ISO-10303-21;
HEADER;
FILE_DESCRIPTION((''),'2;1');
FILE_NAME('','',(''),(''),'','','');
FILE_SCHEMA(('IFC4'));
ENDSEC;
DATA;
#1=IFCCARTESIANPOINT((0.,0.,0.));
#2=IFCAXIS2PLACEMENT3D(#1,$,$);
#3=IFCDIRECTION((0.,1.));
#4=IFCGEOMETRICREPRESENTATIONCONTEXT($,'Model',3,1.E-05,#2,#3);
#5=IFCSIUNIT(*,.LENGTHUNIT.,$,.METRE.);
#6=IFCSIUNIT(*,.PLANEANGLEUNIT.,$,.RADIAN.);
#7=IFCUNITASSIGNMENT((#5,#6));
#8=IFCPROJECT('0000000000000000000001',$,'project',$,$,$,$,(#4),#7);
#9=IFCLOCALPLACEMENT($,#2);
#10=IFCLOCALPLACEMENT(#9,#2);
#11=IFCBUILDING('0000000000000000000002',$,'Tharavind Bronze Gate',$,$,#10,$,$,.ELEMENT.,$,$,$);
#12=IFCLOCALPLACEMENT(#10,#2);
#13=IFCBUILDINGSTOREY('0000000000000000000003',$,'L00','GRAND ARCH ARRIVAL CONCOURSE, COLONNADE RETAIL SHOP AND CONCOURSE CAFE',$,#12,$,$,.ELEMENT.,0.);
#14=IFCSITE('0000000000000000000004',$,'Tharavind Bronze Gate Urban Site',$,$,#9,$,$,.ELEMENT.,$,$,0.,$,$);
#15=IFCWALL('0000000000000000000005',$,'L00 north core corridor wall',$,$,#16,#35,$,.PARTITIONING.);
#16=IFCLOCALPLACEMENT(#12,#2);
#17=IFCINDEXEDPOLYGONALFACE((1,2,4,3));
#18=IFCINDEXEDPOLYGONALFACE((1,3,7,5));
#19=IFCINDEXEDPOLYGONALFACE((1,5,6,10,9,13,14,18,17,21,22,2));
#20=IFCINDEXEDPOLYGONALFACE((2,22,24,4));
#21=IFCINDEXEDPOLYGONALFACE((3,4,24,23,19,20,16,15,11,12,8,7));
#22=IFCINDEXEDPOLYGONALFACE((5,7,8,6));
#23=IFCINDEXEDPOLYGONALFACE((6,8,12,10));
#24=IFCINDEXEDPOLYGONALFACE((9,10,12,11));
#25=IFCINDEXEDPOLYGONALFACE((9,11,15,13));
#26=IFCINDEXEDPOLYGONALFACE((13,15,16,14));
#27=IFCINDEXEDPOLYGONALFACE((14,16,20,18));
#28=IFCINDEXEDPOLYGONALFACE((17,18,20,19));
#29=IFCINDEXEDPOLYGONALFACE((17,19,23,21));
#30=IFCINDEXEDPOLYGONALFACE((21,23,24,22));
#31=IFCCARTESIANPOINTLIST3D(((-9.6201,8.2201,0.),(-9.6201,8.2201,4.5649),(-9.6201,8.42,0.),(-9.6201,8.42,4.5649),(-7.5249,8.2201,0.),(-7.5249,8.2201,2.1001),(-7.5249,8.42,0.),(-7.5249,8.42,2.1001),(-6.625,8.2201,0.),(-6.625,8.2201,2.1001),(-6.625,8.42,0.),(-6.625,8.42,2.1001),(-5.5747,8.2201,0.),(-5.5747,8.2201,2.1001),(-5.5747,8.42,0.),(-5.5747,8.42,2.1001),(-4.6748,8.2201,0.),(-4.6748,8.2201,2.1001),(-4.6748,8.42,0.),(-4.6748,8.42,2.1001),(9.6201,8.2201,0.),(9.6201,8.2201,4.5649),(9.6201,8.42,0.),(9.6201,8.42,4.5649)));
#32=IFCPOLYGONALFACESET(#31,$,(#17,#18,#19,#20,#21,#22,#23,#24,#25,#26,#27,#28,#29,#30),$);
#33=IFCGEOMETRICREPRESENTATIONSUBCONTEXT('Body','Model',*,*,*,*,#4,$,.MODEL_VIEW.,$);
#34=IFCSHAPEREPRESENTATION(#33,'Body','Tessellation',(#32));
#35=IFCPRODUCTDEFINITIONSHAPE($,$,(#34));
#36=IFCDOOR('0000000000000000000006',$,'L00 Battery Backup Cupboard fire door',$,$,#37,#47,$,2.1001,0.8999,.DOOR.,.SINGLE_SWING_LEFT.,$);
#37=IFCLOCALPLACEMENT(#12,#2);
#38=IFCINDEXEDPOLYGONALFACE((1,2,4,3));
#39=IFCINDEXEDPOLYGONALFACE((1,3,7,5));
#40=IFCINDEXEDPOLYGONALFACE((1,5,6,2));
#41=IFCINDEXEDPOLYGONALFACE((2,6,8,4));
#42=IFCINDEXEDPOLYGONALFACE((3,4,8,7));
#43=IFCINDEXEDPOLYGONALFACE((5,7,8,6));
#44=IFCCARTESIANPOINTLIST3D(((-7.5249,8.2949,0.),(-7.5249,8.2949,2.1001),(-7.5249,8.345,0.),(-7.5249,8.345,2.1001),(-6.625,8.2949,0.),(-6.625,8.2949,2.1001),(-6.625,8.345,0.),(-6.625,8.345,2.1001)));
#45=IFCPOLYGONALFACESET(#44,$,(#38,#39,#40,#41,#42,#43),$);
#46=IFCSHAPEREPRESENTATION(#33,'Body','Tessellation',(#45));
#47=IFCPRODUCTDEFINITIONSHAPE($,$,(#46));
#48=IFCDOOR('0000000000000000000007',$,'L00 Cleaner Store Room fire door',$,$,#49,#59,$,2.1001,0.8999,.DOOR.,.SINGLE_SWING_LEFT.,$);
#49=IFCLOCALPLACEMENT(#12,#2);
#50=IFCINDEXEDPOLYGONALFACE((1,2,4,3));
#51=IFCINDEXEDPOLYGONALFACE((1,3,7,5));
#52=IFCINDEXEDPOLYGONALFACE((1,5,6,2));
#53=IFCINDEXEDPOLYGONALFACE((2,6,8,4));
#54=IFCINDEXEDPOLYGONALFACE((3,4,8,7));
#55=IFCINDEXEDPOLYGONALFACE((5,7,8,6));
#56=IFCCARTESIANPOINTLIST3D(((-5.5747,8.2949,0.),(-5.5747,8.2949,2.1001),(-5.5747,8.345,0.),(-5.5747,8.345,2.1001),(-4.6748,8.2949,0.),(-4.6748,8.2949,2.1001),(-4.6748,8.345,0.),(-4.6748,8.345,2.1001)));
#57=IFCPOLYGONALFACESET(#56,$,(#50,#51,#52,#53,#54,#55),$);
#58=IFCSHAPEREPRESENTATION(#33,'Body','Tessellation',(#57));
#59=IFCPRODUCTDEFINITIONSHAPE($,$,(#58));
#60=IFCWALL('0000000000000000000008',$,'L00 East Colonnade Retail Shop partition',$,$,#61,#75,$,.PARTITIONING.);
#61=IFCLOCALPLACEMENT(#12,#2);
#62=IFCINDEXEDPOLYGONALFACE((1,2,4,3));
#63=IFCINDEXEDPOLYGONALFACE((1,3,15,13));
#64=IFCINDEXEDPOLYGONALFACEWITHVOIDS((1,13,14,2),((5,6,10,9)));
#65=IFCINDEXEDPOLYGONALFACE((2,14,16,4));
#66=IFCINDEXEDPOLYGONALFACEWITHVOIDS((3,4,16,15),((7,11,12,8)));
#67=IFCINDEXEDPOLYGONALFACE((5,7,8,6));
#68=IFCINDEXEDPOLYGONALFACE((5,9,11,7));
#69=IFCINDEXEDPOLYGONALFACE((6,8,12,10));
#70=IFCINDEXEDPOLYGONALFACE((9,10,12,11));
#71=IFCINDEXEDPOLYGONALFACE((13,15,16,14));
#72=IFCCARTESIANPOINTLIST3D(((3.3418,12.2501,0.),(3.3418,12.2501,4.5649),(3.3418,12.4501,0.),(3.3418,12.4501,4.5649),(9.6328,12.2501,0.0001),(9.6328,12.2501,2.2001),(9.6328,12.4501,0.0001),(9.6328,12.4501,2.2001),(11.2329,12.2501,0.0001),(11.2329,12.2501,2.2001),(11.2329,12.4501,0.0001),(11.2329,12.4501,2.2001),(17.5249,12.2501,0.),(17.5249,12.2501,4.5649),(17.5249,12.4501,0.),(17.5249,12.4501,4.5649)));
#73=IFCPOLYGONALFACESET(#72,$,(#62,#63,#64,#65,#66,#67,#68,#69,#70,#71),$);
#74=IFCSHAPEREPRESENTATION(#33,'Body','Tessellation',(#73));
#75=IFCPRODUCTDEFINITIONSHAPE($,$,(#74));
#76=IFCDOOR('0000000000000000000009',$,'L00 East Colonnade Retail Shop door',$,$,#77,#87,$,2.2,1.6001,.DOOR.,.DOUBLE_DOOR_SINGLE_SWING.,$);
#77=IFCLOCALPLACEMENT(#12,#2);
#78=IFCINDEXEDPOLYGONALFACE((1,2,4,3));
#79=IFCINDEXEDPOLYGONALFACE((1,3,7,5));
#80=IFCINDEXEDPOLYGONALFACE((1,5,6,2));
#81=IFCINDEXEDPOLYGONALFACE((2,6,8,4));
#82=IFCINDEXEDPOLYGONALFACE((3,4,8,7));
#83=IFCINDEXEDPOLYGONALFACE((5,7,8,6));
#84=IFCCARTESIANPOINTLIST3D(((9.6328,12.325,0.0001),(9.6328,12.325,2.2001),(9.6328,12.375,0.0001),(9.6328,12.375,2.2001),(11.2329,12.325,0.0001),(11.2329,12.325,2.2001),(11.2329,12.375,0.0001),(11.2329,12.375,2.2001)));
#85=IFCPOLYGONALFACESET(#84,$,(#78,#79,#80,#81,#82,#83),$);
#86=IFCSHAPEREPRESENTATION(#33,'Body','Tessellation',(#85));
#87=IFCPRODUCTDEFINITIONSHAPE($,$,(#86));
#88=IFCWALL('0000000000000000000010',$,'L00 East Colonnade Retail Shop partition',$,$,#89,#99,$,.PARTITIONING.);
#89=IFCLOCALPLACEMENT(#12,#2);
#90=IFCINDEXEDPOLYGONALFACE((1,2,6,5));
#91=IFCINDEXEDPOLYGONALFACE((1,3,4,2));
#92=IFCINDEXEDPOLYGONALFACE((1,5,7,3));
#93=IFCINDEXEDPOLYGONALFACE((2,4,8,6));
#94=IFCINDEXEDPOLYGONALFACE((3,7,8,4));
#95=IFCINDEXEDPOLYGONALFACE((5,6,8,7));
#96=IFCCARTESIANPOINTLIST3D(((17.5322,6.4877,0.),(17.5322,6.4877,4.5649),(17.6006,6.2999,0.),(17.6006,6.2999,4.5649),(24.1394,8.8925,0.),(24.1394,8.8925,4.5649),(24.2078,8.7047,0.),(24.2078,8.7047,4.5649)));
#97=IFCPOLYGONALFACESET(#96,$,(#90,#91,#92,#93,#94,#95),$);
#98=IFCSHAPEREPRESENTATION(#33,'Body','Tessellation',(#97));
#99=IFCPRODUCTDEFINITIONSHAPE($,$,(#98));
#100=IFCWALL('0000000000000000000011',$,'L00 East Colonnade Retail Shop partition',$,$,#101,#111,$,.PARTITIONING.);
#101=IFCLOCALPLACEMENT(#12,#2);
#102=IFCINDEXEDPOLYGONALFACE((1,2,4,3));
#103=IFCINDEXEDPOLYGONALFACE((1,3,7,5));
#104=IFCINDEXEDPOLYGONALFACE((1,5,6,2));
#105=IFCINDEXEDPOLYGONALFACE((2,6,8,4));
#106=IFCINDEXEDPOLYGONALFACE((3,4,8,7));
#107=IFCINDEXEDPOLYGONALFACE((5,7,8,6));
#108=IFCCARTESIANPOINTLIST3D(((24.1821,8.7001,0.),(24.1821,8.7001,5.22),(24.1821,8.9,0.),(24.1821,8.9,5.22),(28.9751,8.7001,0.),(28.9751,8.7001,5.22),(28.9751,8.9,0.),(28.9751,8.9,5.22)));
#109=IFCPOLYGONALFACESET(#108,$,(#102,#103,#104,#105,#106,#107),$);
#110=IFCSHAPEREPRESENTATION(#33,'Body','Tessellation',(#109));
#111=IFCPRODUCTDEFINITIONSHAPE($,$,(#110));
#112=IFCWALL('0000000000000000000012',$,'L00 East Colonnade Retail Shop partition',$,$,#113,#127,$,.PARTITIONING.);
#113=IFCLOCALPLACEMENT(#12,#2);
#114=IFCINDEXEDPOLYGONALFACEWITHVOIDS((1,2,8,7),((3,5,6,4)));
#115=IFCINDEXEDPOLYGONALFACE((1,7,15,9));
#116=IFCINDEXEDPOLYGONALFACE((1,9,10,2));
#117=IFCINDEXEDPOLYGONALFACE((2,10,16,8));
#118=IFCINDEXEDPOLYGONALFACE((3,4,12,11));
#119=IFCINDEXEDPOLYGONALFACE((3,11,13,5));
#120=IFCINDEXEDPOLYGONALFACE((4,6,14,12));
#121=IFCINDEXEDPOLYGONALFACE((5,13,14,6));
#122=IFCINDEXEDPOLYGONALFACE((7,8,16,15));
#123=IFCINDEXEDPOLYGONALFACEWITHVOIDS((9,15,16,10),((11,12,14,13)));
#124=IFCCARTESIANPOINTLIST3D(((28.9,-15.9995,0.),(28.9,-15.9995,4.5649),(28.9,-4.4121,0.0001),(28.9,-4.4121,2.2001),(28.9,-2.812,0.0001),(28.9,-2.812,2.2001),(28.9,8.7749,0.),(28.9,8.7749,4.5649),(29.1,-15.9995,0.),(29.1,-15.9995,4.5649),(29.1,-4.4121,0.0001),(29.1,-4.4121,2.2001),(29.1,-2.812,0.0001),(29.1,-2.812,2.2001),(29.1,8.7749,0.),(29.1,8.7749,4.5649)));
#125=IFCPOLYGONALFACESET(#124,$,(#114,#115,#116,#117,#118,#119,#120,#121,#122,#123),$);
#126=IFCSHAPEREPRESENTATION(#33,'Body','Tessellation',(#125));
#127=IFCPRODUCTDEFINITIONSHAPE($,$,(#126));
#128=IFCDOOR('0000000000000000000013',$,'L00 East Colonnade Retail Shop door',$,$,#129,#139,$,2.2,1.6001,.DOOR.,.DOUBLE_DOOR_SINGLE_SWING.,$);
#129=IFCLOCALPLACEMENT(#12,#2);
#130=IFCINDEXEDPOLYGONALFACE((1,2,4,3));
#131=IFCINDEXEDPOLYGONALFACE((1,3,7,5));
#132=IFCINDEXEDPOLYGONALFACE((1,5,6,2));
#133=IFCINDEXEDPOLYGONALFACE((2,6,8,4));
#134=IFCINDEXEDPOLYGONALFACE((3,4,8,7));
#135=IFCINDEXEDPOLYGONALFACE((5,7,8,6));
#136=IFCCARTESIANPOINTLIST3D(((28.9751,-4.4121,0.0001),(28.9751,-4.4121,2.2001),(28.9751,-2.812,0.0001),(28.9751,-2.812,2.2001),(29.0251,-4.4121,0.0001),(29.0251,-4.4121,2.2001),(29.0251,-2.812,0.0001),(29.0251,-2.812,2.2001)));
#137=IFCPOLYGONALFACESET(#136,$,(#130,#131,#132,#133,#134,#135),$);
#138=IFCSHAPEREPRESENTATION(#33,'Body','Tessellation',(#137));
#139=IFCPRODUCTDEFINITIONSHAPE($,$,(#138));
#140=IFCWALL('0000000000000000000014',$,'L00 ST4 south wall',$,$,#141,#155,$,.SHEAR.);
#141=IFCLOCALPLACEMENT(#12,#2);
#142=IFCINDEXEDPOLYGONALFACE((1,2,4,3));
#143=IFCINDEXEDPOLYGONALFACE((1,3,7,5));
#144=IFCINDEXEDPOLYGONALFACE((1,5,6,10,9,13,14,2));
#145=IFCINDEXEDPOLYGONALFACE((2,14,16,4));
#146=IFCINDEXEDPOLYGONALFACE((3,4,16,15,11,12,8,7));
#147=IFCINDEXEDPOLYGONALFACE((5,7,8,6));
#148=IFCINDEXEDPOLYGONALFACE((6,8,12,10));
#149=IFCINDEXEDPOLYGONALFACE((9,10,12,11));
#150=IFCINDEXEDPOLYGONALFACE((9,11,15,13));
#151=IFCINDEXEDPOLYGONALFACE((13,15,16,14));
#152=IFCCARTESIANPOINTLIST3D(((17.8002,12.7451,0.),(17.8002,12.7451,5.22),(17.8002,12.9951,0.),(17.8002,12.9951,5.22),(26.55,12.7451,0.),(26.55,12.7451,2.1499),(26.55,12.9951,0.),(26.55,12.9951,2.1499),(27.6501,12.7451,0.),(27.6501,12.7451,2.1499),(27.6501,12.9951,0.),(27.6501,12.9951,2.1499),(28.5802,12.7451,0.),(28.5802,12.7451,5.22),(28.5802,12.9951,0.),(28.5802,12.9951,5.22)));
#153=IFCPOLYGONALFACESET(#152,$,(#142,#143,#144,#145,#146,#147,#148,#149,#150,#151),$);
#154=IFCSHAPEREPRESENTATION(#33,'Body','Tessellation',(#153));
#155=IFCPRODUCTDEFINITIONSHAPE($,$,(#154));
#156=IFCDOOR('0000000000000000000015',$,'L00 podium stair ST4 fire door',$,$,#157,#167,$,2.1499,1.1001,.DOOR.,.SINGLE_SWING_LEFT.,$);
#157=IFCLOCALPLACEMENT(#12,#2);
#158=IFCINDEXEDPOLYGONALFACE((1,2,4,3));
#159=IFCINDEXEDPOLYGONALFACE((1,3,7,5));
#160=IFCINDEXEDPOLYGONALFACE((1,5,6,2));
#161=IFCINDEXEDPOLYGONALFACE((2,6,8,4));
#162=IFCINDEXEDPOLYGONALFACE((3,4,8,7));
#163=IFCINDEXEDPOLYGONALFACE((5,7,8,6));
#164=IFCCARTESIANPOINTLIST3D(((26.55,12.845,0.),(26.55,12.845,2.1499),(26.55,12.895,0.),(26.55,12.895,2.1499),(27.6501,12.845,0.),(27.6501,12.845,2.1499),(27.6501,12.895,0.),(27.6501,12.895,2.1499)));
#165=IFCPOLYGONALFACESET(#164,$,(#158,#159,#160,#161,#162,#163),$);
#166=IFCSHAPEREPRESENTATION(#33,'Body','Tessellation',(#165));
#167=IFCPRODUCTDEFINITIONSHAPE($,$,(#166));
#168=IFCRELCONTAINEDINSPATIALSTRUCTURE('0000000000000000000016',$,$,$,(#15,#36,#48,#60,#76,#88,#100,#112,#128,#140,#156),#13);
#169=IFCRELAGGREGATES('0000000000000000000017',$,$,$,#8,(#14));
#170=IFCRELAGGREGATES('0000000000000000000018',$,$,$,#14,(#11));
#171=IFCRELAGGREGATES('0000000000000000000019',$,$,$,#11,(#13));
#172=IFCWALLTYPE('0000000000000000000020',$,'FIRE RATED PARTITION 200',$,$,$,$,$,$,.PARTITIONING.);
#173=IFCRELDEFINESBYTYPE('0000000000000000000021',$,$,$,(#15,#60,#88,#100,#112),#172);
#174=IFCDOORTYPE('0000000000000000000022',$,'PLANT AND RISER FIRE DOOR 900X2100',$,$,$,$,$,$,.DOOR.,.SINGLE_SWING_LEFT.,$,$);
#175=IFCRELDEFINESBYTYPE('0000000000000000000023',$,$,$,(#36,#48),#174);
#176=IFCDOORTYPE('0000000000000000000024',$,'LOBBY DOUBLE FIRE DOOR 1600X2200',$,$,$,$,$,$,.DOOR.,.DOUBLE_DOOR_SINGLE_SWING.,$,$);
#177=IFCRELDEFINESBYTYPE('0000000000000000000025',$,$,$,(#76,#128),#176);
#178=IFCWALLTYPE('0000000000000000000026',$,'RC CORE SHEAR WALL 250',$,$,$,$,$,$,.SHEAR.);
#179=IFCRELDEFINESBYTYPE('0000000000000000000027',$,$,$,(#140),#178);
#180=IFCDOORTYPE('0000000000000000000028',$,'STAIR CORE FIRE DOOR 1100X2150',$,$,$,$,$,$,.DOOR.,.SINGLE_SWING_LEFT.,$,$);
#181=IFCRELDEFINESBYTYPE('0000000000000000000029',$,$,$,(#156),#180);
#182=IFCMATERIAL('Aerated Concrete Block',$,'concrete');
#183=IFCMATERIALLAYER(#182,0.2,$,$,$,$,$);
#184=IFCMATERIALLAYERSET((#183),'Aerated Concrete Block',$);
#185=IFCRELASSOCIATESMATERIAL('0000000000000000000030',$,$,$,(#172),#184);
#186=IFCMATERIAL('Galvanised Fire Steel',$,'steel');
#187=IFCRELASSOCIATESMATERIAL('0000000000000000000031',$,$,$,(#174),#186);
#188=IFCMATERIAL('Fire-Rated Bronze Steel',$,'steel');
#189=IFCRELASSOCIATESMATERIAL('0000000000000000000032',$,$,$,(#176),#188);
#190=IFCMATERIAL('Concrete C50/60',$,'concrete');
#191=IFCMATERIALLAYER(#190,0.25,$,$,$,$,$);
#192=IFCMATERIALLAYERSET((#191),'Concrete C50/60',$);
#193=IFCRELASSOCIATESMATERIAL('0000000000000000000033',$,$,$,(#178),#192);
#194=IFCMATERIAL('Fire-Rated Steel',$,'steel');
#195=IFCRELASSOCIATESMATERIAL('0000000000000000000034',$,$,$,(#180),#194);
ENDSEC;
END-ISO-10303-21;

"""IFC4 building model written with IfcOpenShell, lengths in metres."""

from ifc_helpers import new_model, si_unit, direction, frame, frame_2d, origin, place, context, subcontext, project, spatial, rectangle, extrude, material, layer, layer_set, type_object, element, fill, save


model = new_model("IFC4")

# Units and contexts
model_context = context("Model", 3, precision=1e-05, world=origin(), true_north=direction((0.0, 1.0)))
body_context = subcontext(model_context, "Body", "Model", "MODEL_VIEW")
ifc_project = project(units=[si_unit("LENGTHUNIT", "METRE"), si_unit("PLANEANGLEUNIT", "RADIAN")], contexts=[model_context])

# Site, building, storey
site_placement = place(None, origin())
site = spatial("IfcSite", under=ifc_project, at=site_placement, Name="Tharavind Bronze Gate Urban Site", CompositionType="ELEMENT", RefElevation=0.0)
building_placement = place(site_placement, origin())
building = spatial("IfcBuilding", under=site, at=building_placement, Name="Tharavind Bronze Gate", CompositionType="ELEMENT")
storey_placement = place(building_placement, origin())
storey = spatial("IfcBuildingStorey", under=building, at=storey_placement, Name="L00", Description="GRAND ARCH ARRIVAL CONCOURSE, COLONNADE RETAIL SHOP AND CONCOURSE CAFE", CompositionType="ELEMENT", Elevation=0.0)

# Shared definitions
ifc_material_1 = material(Name="Concrete C50/60", Category="concrete")

# Wall, openings, doors
ifc_material_2 = material(Name="Aerated Concrete Block", Category="concrete")
ifc_layer_1 = layer(ifc_material_2, 0.2)
ifc_layer_set_1 = layer_set([ifc_layer_1], Name="Aerated Concrete Block")
wall_type_1 = type_object("IfcWallType", Name="FIRE RATED PARTITION 200", PredefinedType="PARTITIONING", material=ifc_layer_set_1)
wall_1_placement = place(storey_placement, frame((9.6201, 8.3201, 0.0), z_axis=(0.0, 0.0, 1.0), x_axis=(-1.0, 0.0, 0.0)))
wall_1 = element("IfcWall", 1, at=wall_1_placement, inside=storey, type_object=wall_type_1, Name="L00 north core corridor wall", PredefinedType="PARTITIONING", context=body_context, shape_type="SweptSolid", body=[
    extrude(rectangle(XDim=19.2402, YDim=0.2, at=frame_2d((9.6201, 0.0))), origin(), (0.0, 0.0, 1.0), 4.5649),
])
opening_1_placement = place(wall_1_placement, frame((16.2451, 0.0, 0.0)))
opening_1 = element("IfcOpeningElement", 2, at=opening_1_placement, cuts=wall_1, PredefinedType="OPENING", context=body_context, shape_type="SweptSolid", body=[
    extrude(rectangle(XDim=0.8999, YDim=2.1001, at=frame_2d((0.45, 1.05))), frame((0.0, 0.1101, 0.0), z_axis=(0.0, -1.0, 0.0), x_axis=(1.0, 0.0, 0.0)), (0.0, 0.0, 1.0), 0.22),
])
opening_2_placement = place(wall_1_placement, frame((14.2949, 0.0, 0.0)))
opening_2 = element("IfcOpeningElement", 3, at=opening_2_placement, cuts=wall_1, PredefinedType="OPENING", context=body_context, shape_type="SweptSolid", body=[
    extrude(rectangle(XDim=0.8999, YDim=2.1001, at=frame_2d((0.45, 1.05))), frame((0.0, 0.1101, 0.0), z_axis=(0.0, -1.0, 0.0), x_axis=(1.0, 0.0, 0.0)), (0.0, 0.0, 1.0), 0.22),
])
ifc_material_3 = material(Name="Galvanised Fire Steel", Category="steel")
door_type_1 = type_object("IfcDoorType", Name="PLANT AND RISER FIRE DOOR 900X2100", OperationType="SINGLE_SWING_LEFT", PredefinedType="DOOR", material=ifc_material_3)
door_1_placement = place(opening_1_placement, frame((0.8999, 0.0, 0.0), z_axis=(0.0, 0.0, 1.0), x_axis=(-1.0, 0.0, 0.0)))
door_1 = element("IfcDoor", 4, at=door_1_placement, inside=storey, type_object=door_type_1, Name="L00 Battery Backup Cupboard fire door", OperationType="SINGLE_SWING_LEFT", OverallHeight=2.1001, OverallWidth=0.8999, PredefinedType="DOOR", context=body_context, shape_type="SweptSolid", body=[
    extrude(rectangle(XDim=0.8999, YDim=2.1001, at=frame_2d((0.45, 1.05))), frame((0.0, 0.0249, 0.0), z_axis=(0.0, -1.0, 0.0), x_axis=(1.0, 0.0, 0.0)), (0.0, 0.0, 1.0), 0.05),
])
fill(opening_1, door_1)
door_2_placement = place(opening_2_placement, frame((0.8999, 0.0, 0.0), z_axis=(0.0, 0.0, 1.0), x_axis=(-1.0, 0.0, 0.0)))
door_2 = element("IfcDoor", 5, at=door_2_placement, inside=storey, type_object=door_type_1, Name="L00 Cleaner Store Room fire door", OperationType="SINGLE_SWING_LEFT", OverallHeight=2.1001, OverallWidth=0.8999, PredefinedType="DOOR", context=body_context, shape_type="SweptSolid", body=[
    extrude(rectangle(XDim=0.8999, YDim=2.1001, at=frame_2d((0.45, 1.05))), frame((0.0, 0.0249, 0.0), z_axis=(0.0, -1.0, 0.0), x_axis=(1.0, 0.0, 0.0)), (0.0, 0.0, 1.0), 0.05),
])
fill(opening_2, door_2)

# Wall, opening, door
wall_2_placement = place(storey_placement, frame((17.5249, 12.3501, 0.0), z_axis=(0.0, 0.0, 1.0), x_axis=(-1.0, 0.0, 0.0)))
wall_2 = element("IfcWall", 6, at=wall_2_placement, inside=storey, type_object=wall_type_1, Name="L00 East Colonnade Retail Shop partition", PredefinedType="PARTITIONING", context=body_context, shape_type="SweptSolid", body=[
    extrude(rectangle(XDim=14.1831, YDim=0.2, at=frame_2d((7.0916, 0.0))), origin(), (0.0, 0.0, 1.0), 4.5649),
])
opening_3_placement = place(wall_2_placement, frame((6.292, 0.0, 0.0)))
opening_3 = element("IfcOpeningElement", 7, at=opening_3_placement, cuts=wall_2, PredefinedType="OPENING", context=body_context, shape_type="SweptSolid", body=[
    extrude(rectangle(XDim=1.6001, YDim=2.2, at=frame_2d((0.8, 1.1001))), frame((0.0, 0.1101, 0.0), z_axis=(0.0, -1.0, 0.0), x_axis=(1.0, 0.0, 0.0)), (0.0, 0.0, 1.0), 0.22),
])
ifc_material_4 = material(Name="Fire-Rated Bronze Steel", Category="steel")
door_type_2 = type_object("IfcDoorType", Name="LOBBY DOUBLE FIRE DOOR 1600X2200", OperationType="DOUBLE_DOOR_SINGLE_SWING", PredefinedType="DOOR", material=ifc_material_4)
door_3_placement = place(opening_3_placement, frame((1.6001, 0.0, 0.0), z_axis=(0.0, 0.0, 1.0), x_axis=(-1.0, 0.0, 0.0)))
door_3 = element("IfcDoor", 8, at=door_3_placement, inside=storey, type_object=door_type_2, Name="L00 East Colonnade Retail Shop door", OperationType="DOUBLE_DOOR_SINGLE_SWING", OverallHeight=2.2, OverallWidth=1.6001, PredefinedType="DOOR", context=body_context, shape_type="SweptSolid", body=[
    extrude(rectangle(XDim=1.6001, YDim=2.2, at=frame_2d((0.8, 1.1001))), frame((0.0, 0.0249, 0.0), z_axis=(0.0, -1.0, 0.0), x_axis=(1.0, 0.0, 0.0)), (0.0, 0.0, 1.0), 0.05),
])
fill(opening_3, door_3)

# Walls
wall_3_placement = place(storey_placement, frame((17.5664, 6.3938, 0.0), z_axis=(0.0, 0.0, 1.0), x_axis=(0.939694, 0.342016, 0.0)))
element("IfcWall", 9, at=wall_3_placement, inside=storey, type_object=wall_type_1, Name="L00 East Colonnade Retail Shop partition", PredefinedType="PARTITIONING", context=body_context, shape_type="SweptSolid", body=[
    extrude(rectangle(XDim=7.0312, YDim=0.2, at=frame_2d((3.5156, 0.0))), origin(), (0.0, 0.0, 1.0), 4.5649),
])
wall_4_placement = place(storey_placement, frame((24.1821, 8.8, 0.0), z_axis=(0.0, 0.0, 1.0), x_axis=(1.0, 0.0, 0.0)))
element("IfcWall", 10, at=wall_4_placement, inside=storey, type_object=wall_type_1, Name="L00 East Colonnade Retail Shop partition", PredefinedType="PARTITIONING", context=body_context, shape_type="SweptSolid", body=[
    extrude(rectangle(XDim=4.793, YDim=0.2, at=frame_2d((2.3965, 0.0))), origin(), (0.0, 0.0, 1.0), 5.22),
])

# Walls, openings, doors
wall_5_placement = place(storey_placement, frame((29.0, 8.7749, 0.0), z_axis=(0.0, 0.0, 1.0), x_axis=(0.0, -1.0, 0.0)))
wall_5 = element("IfcWall", 11, at=wall_5_placement, inside=storey, type_object=wall_type_1, Name="L00 East Colonnade Retail Shop partition", PredefinedType="PARTITIONING", context=body_context, shape_type="SweptSolid", body=[
    extrude(rectangle(XDim=24.7744, YDim=0.2, at=frame_2d((12.3872, 0.0))), origin(), (0.0, 0.0, 1.0), 4.5649),
])
opening_4_placement = place(wall_5_placement, frame((11.5869, 0.0, 0.0)))
opening_4 = element("IfcOpeningElement", 12, at=opening_4_placement, cuts=wall_5, PredefinedType="OPENING", context=body_context, shape_type="SweptSolid", body=[
    extrude(rectangle(XDim=1.6001, YDim=2.2, at=frame_2d((0.8, 1.1001))), frame((0.0, 0.1101, 0.0), z_axis=(0.0, -1.0, 0.0), x_axis=(1.0, 0.0, 0.0)), (0.0, 0.0, 1.0), 0.22),
])
door_4_placement = place(opening_4_placement, frame((1.6001, 0.0, 0.0), z_axis=(0.0, 0.0, 1.0), x_axis=(-1.0, 0.0, 0.0)))
door_4 = element("IfcDoor", 13, at=door_4_placement, inside=storey, type_object=door_type_2, Name="L00 East Colonnade Retail Shop door", OperationType="DOUBLE_DOOR_SINGLE_SWING", OverallHeight=2.2, OverallWidth=1.6001, PredefinedType="DOOR", context=body_context, shape_type="SweptSolid", body=[
    extrude(rectangle(XDim=1.6001, YDim=2.2, at=frame_2d((0.8, 1.1001))), frame((0.0, 0.0249, 0.0), z_axis=(0.0, -1.0, 0.0), x_axis=(1.0, 0.0, 0.0)), (0.0, 0.0, 1.0), 0.05),
])
fill(opening_4, door_4)
ifc_layer_2 = layer(ifc_material_1, 0.25)
ifc_layer_set_2 = layer_set([ifc_layer_2], Name="Concrete C50/60")
wall_type_2 = type_object("IfcWallType", Name="RC CORE SHEAR WALL 250", PredefinedType="SHEAR", material=ifc_layer_set_2)
wall_6_placement = place(storey_placement, frame((17.8, 12.8701, 0.0), z_axis=(0.0, 0.0, 1.0), x_axis=(1.0, 0.0, 0.0)))
wall_6 = element("IfcWall", 14, at=wall_6_placement, inside=storey, type_object=wall_type_2, Name="L00 ST4 south wall", PredefinedType="SHEAR", context=body_context, shape_type="SweptSolid", body=[
    extrude(rectangle(XDim=10.78, YDim=0.25, at=frame_2d((5.3901, 0.0))), origin(), (0.0, 0.0, 1.0), 5.22),
])
opening_5_placement = place(wall_6_placement, frame((8.75, 0.0, 0.0)))
opening_5 = element("IfcOpeningElement", 15, at=opening_5_placement, cuts=wall_6, PredefinedType="OPENING", context=body_context, shape_type="SweptSolid", body=[
    extrude(rectangle(XDim=1.1001, YDim=2.1499, at=frame_2d((0.55, 1.075))), frame((0.0, 0.135, 0.0), z_axis=(0.0, -1.0, 0.0), x_axis=(1.0, 0.0, 0.0)), (0.0, 0.0, 1.0), 0.27),
])
ifc_material_5 = material(Name="Fire-Rated Steel", Category="steel")
door_type_3 = type_object("IfcDoorType", Name="STAIR CORE FIRE DOOR 1100X2150", OperationType="SINGLE_SWING_LEFT", PredefinedType="DOOR", material=ifc_material_5)
door_5_placement = place(opening_5_placement, origin())
door_5 = element("IfcDoor", 16, at=door_5_placement, inside=storey, type_object=door_type_3, Name="L00 podium stair ST4 fire door", OperationType="SINGLE_SWING_LEFT", OverallHeight=2.1499, OverallWidth=1.1001, PredefinedType="DOOR", context=body_context, shape_type="SweptSolid", body=[
    extrude(rectangle(XDim=1.1001, YDim=2.1499, at=frame_2d((0.55, 1.075))), frame((0.0, 0.0249, 0.0), z_axis=(0.0, -1.0, 0.0), x_axis=(1.0, 0.0, 0.0)), (0.0, 0.0, 1.0), 0.05),
])
fill(opening_5, door_5)

save(model, "model.ifc")
